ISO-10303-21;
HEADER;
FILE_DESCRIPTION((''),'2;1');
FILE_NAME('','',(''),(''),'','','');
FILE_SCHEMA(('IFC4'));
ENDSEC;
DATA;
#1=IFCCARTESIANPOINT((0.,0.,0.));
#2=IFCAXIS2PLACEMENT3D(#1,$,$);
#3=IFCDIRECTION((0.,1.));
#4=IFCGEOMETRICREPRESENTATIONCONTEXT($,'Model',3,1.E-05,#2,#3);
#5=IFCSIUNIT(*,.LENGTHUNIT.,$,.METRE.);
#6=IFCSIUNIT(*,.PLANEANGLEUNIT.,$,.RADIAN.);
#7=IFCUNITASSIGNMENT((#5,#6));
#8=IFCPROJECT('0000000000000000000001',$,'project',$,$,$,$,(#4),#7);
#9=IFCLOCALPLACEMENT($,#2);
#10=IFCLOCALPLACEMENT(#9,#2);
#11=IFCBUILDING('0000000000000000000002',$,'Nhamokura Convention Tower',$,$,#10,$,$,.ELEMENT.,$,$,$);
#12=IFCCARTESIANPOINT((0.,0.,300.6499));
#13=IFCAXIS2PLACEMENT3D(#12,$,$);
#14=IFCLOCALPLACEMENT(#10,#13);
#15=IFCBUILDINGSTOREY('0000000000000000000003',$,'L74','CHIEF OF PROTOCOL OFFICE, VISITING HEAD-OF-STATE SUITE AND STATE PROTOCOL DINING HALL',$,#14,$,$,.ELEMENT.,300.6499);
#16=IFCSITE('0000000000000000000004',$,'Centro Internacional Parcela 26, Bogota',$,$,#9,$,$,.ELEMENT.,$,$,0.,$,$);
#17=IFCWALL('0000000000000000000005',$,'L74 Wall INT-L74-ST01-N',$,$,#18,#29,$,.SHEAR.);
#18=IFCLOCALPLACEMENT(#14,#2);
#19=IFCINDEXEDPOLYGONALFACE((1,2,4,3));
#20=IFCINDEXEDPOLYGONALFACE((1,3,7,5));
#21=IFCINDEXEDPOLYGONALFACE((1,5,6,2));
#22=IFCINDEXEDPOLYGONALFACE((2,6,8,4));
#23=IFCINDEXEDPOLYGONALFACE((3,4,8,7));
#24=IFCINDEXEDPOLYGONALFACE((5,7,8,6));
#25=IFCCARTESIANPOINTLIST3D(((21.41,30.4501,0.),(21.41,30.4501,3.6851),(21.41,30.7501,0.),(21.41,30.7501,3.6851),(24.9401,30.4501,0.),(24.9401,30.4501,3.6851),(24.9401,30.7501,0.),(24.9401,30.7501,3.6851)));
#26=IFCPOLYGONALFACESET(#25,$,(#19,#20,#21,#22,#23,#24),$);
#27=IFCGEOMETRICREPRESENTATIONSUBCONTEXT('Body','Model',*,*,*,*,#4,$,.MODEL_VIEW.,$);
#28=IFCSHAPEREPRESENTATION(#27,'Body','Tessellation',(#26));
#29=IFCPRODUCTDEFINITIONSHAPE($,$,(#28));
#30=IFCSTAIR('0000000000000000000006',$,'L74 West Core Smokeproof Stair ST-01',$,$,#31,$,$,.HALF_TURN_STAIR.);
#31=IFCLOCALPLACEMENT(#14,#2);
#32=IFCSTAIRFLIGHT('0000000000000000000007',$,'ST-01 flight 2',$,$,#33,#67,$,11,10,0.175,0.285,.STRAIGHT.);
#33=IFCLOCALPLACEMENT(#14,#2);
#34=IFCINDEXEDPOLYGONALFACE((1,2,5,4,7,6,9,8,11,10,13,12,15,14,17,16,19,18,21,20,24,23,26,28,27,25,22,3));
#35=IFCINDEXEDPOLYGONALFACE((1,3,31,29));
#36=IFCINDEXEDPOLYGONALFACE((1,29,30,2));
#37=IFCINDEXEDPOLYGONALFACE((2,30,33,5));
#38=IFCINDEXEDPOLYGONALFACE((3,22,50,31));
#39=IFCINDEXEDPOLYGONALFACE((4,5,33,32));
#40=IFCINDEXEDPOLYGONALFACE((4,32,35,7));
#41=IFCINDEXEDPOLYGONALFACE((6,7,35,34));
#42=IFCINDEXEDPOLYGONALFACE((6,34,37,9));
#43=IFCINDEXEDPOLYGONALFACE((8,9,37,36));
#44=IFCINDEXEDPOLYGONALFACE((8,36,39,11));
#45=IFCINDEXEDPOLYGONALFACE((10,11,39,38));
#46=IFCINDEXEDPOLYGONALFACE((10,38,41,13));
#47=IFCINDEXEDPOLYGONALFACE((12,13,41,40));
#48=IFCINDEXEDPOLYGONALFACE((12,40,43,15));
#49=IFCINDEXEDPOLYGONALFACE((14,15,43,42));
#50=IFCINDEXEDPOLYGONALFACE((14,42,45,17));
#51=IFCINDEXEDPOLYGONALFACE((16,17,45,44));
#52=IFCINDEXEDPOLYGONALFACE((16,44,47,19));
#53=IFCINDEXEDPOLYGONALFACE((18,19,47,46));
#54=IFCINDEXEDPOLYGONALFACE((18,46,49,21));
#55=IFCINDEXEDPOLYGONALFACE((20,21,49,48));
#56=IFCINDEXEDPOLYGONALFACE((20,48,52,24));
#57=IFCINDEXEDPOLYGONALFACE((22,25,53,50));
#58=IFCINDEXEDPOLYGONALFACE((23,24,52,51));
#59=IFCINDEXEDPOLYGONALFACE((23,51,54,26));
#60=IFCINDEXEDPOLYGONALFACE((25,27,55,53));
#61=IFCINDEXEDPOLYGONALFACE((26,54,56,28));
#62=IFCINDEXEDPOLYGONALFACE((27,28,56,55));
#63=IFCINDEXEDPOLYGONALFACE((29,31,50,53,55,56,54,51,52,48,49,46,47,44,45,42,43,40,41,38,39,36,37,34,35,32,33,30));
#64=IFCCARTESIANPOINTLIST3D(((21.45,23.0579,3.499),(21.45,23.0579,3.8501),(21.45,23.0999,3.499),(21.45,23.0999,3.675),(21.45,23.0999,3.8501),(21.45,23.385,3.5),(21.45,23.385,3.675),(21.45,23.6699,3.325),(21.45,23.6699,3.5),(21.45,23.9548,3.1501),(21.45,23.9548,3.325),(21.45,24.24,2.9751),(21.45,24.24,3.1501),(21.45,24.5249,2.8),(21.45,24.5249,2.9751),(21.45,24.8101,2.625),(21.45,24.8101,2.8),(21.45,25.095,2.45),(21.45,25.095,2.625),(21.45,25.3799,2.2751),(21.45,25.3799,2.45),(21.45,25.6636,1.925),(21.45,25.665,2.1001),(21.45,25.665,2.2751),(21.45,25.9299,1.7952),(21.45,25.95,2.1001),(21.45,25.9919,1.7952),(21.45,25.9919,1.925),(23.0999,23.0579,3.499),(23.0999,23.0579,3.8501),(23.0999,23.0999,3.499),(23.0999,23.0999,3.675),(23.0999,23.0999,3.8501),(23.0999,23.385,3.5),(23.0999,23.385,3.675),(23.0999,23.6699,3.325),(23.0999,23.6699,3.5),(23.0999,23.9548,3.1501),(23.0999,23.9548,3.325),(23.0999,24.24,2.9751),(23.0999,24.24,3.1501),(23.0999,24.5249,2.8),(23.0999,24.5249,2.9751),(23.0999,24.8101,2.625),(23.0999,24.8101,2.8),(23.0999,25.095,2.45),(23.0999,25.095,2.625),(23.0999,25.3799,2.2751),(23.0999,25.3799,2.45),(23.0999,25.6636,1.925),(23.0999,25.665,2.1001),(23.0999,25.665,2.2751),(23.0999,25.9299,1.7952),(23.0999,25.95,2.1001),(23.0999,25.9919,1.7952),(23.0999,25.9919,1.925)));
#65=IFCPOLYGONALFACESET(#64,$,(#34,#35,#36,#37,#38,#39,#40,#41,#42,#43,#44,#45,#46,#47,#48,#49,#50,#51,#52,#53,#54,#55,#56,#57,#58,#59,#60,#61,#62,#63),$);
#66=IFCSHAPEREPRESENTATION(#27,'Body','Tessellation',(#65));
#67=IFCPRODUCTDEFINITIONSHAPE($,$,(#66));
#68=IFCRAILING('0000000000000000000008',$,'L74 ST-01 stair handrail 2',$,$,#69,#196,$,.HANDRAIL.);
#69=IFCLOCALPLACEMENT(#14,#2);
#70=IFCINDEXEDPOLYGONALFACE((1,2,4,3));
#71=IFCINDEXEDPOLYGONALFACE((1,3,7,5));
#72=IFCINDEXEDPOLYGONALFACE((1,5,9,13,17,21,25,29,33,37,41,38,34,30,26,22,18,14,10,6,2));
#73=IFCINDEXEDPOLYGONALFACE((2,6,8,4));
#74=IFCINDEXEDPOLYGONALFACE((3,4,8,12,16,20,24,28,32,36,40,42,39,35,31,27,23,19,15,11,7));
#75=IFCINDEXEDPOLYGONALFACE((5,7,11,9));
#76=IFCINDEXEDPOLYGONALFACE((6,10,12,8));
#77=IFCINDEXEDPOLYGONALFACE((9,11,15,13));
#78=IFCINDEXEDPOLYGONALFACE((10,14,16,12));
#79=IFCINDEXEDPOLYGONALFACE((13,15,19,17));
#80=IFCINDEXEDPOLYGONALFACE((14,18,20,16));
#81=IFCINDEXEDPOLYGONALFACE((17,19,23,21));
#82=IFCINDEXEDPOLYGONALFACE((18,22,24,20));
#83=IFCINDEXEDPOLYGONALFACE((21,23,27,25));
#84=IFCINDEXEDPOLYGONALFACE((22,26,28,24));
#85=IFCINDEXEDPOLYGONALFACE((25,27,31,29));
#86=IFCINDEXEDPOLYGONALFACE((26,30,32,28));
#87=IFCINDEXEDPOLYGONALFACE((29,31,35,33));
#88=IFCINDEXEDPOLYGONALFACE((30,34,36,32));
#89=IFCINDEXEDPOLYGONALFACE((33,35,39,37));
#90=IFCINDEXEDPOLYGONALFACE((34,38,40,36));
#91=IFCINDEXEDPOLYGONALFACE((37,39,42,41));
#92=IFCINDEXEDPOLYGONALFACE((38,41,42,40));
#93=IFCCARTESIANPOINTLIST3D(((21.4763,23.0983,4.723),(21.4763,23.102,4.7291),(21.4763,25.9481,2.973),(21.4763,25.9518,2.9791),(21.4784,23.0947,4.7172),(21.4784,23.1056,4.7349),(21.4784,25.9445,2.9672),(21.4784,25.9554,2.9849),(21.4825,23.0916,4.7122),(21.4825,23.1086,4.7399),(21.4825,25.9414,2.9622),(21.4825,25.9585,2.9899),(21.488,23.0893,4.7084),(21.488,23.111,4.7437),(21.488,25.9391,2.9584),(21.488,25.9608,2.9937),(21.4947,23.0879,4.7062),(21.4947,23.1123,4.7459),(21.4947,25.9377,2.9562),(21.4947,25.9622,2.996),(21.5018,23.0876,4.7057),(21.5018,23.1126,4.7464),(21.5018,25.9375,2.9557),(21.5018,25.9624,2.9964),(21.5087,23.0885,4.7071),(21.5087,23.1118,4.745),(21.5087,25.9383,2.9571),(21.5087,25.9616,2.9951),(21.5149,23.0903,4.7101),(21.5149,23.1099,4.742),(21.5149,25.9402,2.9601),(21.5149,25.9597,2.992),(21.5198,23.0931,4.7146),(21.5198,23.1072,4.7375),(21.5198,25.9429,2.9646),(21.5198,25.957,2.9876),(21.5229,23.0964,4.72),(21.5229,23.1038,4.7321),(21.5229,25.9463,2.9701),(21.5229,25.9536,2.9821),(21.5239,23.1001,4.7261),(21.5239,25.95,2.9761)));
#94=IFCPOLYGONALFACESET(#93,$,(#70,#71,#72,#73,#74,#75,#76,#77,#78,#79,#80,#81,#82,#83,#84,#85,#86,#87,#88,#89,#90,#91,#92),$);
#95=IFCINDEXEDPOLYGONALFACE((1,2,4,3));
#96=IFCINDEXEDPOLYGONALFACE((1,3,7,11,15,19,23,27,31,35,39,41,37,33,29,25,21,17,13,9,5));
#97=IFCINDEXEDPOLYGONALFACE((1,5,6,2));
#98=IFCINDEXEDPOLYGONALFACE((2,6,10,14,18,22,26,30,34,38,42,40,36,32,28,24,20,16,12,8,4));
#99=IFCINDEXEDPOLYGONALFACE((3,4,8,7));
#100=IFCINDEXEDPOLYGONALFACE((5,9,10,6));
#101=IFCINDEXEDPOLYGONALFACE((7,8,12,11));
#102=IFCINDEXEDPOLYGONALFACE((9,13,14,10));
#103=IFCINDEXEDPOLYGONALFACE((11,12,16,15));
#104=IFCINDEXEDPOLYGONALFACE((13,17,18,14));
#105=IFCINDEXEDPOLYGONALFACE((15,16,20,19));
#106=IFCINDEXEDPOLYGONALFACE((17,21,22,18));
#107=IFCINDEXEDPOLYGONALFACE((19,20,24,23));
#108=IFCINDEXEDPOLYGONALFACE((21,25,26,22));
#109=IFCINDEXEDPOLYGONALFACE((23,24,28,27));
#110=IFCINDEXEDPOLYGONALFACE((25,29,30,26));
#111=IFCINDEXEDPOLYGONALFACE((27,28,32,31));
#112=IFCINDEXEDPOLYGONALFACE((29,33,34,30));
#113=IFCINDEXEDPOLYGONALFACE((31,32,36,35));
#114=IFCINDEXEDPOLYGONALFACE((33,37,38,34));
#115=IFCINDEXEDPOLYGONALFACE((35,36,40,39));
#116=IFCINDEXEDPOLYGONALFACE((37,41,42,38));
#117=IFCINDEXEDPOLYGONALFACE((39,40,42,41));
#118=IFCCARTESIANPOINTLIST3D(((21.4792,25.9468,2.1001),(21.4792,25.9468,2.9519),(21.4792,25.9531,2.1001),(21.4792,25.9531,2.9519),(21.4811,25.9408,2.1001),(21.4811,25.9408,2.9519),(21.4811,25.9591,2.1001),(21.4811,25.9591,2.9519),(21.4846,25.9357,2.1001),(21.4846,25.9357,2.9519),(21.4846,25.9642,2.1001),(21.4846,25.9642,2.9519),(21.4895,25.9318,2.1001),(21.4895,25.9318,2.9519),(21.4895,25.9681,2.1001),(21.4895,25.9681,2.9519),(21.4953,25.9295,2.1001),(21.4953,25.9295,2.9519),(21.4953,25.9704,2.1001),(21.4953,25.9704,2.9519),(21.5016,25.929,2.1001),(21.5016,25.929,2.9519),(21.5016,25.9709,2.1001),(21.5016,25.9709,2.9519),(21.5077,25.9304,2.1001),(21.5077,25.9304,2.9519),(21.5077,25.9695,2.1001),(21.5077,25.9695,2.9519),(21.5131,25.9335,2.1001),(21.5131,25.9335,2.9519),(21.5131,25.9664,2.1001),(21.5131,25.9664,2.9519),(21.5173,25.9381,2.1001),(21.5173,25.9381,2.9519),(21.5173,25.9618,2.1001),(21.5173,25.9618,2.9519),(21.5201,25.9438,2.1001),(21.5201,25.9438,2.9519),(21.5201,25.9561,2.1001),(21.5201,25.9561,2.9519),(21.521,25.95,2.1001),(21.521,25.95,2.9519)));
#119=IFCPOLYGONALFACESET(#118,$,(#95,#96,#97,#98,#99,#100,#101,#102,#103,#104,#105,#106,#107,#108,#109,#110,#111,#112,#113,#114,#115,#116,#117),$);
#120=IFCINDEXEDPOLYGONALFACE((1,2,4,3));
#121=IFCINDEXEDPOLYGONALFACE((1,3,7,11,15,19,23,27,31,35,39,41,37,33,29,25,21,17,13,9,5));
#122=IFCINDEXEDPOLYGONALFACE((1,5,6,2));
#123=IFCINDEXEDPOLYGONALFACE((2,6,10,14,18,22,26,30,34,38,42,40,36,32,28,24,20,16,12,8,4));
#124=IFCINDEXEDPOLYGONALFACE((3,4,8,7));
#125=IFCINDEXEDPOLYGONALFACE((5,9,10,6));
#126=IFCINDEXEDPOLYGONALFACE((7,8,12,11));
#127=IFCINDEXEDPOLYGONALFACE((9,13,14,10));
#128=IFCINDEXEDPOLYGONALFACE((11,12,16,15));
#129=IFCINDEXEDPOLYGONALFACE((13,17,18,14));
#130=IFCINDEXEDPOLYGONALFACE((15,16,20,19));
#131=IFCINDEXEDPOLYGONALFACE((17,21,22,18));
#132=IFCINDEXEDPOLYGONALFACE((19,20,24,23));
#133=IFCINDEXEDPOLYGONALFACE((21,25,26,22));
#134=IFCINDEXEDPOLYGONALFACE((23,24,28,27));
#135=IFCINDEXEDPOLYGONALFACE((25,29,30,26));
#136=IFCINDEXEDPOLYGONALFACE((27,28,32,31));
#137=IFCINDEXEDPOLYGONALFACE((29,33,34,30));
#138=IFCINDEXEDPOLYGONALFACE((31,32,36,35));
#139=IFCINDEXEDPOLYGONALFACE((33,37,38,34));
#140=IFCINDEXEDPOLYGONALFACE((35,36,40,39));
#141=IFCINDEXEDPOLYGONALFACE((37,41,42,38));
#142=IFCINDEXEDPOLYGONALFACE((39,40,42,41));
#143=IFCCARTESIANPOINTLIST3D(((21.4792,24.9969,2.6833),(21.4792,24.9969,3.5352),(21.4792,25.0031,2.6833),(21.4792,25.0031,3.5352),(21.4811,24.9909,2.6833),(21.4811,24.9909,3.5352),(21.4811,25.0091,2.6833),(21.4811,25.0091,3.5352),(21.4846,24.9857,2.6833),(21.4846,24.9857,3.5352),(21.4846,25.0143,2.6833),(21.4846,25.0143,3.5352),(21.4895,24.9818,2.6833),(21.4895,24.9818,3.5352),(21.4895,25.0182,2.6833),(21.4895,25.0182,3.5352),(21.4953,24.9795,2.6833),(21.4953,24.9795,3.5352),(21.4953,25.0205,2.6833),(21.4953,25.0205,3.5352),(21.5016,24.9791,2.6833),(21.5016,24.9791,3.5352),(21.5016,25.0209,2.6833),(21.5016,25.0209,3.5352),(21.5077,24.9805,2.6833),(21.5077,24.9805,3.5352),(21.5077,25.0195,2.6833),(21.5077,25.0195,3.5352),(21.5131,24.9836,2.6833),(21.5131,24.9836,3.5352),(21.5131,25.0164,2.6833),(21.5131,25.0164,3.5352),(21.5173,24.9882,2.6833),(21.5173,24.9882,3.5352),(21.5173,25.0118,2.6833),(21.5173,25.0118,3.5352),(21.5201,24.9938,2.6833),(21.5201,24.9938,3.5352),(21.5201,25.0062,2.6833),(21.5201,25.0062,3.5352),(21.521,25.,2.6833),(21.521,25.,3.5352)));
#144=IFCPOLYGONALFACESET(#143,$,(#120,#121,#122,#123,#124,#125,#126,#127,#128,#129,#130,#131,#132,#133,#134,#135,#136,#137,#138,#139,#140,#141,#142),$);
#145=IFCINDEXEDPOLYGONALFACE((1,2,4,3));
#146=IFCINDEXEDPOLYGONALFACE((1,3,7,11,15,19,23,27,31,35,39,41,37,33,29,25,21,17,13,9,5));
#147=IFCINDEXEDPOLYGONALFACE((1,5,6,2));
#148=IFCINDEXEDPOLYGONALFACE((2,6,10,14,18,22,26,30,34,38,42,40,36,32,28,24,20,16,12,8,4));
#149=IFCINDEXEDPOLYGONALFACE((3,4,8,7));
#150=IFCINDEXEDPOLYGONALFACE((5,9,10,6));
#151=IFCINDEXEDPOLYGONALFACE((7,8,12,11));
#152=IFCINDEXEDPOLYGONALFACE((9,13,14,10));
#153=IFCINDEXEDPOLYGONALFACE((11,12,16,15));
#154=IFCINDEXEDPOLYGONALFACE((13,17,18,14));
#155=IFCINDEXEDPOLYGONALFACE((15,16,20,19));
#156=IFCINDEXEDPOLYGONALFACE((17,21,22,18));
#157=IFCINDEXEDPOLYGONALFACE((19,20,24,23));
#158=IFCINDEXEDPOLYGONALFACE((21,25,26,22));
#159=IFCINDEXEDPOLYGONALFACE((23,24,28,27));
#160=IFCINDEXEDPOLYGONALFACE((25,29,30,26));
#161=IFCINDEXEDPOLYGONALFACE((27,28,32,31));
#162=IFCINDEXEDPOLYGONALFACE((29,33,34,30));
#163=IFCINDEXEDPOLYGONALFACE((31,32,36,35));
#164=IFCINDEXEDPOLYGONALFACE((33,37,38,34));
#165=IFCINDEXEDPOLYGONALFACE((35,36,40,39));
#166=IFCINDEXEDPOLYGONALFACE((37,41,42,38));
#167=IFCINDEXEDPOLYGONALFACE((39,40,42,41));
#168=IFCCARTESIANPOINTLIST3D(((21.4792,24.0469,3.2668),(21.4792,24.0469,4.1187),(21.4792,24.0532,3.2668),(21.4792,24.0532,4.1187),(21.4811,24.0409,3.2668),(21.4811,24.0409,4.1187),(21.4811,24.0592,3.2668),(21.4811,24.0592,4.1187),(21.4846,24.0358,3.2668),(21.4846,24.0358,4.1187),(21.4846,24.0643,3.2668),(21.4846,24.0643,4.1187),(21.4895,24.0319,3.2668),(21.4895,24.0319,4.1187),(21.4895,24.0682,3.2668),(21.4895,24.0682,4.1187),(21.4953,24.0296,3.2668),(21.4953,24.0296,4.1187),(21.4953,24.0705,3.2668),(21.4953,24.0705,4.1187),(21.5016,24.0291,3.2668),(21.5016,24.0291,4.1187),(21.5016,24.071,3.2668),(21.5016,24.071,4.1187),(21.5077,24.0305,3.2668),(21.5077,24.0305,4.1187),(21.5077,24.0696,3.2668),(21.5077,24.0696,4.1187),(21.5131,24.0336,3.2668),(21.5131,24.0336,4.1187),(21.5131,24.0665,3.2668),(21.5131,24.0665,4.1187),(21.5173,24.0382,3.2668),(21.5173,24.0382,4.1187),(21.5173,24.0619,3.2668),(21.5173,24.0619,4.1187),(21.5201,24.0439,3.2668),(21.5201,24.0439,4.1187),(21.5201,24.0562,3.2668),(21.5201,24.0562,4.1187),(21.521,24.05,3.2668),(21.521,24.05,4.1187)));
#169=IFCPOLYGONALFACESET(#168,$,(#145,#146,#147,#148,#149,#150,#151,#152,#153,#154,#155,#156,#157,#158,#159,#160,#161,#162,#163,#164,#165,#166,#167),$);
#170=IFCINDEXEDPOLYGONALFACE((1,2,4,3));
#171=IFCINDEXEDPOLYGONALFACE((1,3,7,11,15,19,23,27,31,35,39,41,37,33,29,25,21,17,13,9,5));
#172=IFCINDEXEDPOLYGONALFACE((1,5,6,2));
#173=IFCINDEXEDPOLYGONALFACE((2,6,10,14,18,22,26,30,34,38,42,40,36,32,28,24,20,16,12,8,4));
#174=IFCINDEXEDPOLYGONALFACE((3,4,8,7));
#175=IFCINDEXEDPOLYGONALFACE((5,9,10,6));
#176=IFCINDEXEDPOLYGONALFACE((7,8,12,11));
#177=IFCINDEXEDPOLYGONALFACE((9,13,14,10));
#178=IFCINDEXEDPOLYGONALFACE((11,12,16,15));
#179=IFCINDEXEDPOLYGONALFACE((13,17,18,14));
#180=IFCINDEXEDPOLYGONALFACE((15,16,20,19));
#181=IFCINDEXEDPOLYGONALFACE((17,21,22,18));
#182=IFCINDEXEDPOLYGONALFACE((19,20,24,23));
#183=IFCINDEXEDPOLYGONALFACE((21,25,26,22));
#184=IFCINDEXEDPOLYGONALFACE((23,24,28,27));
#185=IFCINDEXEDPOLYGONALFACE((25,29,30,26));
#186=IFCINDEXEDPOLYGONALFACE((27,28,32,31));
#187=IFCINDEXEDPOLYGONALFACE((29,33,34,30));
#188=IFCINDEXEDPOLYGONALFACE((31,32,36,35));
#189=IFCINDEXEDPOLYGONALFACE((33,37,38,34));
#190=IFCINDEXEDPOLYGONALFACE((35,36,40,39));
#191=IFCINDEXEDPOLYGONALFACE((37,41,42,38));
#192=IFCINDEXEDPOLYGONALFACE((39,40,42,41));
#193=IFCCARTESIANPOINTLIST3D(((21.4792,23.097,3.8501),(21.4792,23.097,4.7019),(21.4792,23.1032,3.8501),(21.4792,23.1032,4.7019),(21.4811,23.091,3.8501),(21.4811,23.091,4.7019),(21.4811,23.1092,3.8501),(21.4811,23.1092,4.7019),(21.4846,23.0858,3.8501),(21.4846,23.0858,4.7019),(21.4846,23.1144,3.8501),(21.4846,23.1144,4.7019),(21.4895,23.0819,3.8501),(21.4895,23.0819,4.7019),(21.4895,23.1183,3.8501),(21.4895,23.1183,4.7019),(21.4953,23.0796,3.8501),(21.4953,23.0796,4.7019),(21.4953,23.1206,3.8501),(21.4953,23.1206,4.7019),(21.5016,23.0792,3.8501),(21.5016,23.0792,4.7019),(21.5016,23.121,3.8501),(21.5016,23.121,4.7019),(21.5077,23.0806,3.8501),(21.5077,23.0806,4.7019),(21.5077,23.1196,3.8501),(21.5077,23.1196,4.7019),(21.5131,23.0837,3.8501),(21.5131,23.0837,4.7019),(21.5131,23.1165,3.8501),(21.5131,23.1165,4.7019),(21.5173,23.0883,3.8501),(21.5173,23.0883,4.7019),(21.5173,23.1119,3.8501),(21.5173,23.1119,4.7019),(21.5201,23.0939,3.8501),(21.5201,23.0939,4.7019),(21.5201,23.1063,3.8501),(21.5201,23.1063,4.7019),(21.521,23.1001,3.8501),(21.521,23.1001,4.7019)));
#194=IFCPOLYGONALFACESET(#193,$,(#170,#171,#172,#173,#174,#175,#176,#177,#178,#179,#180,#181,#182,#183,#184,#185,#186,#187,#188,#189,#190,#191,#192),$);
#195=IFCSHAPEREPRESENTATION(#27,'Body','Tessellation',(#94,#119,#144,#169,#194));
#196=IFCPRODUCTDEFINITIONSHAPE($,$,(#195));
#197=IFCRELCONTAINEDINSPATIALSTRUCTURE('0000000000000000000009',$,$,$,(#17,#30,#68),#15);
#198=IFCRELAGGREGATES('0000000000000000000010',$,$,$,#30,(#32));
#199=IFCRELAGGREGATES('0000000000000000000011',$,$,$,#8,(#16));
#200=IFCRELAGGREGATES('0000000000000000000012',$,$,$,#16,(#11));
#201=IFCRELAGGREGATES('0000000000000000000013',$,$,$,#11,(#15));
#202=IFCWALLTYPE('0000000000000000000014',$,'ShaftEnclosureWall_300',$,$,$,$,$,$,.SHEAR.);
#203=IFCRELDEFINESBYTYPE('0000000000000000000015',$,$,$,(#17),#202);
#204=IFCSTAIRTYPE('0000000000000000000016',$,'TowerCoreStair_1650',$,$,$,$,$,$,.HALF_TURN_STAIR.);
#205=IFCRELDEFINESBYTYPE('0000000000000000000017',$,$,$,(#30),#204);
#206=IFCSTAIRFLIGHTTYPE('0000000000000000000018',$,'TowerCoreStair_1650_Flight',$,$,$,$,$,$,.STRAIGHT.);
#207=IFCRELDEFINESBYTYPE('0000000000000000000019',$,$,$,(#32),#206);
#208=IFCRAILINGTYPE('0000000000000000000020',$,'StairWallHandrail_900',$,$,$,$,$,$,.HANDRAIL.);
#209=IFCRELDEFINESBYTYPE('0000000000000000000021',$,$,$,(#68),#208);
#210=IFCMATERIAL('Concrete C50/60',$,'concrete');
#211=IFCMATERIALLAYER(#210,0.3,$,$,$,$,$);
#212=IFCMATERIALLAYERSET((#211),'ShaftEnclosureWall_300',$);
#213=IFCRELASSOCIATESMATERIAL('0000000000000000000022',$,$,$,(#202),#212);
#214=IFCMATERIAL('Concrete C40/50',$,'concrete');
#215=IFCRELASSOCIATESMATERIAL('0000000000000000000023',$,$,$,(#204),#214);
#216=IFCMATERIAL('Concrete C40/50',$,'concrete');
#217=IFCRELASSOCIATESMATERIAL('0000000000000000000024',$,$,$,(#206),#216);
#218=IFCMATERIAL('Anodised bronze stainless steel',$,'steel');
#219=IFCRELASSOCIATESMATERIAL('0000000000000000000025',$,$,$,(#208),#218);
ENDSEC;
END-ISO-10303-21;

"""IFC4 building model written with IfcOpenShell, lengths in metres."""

from ifc_helpers import new_model, si_unit, direction, frame, frame_2d, origin, origin_2d, place, context, subcontext, project, spatial, polyline, rectangle, circle, outline, extrude, material, layer, layer_set, type_object, element, aggregate, save


model = new_model("IFC4")

# Units and contexts
model_context = context("Model", 3, precision=1e-05, world=origin(), true_north=direction((0.0, 1.0)))
body_context = subcontext(model_context, "Body", "Model", "MODEL_VIEW")
ifc_project = project(units=[si_unit("LENGTHUNIT", "METRE"), si_unit("PLANEANGLEUNIT", "RADIAN")], contexts=[model_context])

# Site, building, storey
site_placement = place(None, origin())
site = spatial("IfcSite", under=ifc_project, at=site_placement, Name="Centro Internacional Parcela 26, Bogota", CompositionType="ELEMENT", RefElevation=0.0)
building_placement = place(site_placement, origin())
building = spatial("IfcBuilding", under=site, at=building_placement, Name="Nhamokura Convention Tower", CompositionType="ELEMENT")
storey_placement = place(building_placement, frame((0.0, 0.0, 300.6499)))
storey = spatial("IfcBuildingStorey", under=building, at=storey_placement, Name="L74", Description="CHIEF OF PROTOCOL OFFICE, VISITING HEAD-OF-STATE SUITE AND STATE PROTOCOL DINING HALL", CompositionType="ELEMENT", Elevation=300.6499)

# Wall
ifc_material_1 = material(Name="Concrete C50/60", Category="concrete")
ifc_layer_1 = layer(ifc_material_1, 0.3)
ifc_layer_set_1 = layer_set([ifc_layer_1], Name="ShaftEnclosureWall_300")
wall_type_1 = type_object("IfcWallType", Name="ShaftEnclosureWall_300", PredefinedType="SHEAR", material=ifc_layer_set_1)
wall_1_placement = place(storey_placement, frame((21.4099, 30.6001, 0.0), z_axis=(0.0, 0.0, 1.0), x_axis=(1.0, 0.0, 0.0)))
element("IfcWall", 1, at=wall_1_placement, inside=storey, type_object=wall_type_1, Name="L74 Wall INT-L74-ST01-N", PredefinedType="SHEAR", context=body_context, shape_type="SweptSolid", body=[
    extrude(rectangle(XDim=3.53, YDim=0.3, at=frame_2d((1.7651, 0.0))), origin(), (0.0, 0.0, 1.0), 3.6851),
])

# Stair, stair flight
ifc_material_2 = material(Name="Concrete C40/50", Category="concrete")
stair_type = type_object("IfcStairType", Name="TowerCoreStair_1650", PredefinedType="HALF_TURN_STAIR", material=ifc_material_2)
stair_placement = place(storey_placement, origin())
stair = element("IfcStair", 2, at=stair_placement, inside=storey, type_object=stair_type, Name="L74 West Core Smokeproof Stair ST-01", PredefinedType="HALF_TURN_STAIR")
ifc_material_3 = material(Name="Concrete C40/50", Category="concrete")
stair_flight_type = type_object("IfcStairFlightType", Name="TowerCoreStair_1650_Flight", PredefinedType="STRAIGHT", material=ifc_material_3)
stair_flight_placement = place(storey_placement, frame((22.2749, 25.95, 1.925), z_axis=(0.0, 0.0, 1.0), x_axis=(0.0, -1.0, 0.0)))
stair_flight = element("IfcStairFlight", 3, at=stair_flight_placement, type_object=stair_flight_type, Name="ST-01 flight 2", NumberOfRisers=11, NumberOfTreads=10, PredefinedType="STRAIGHT", RiserHeight=0.175, TreadLength=0.285, context=body_context, shape_type="SweptSolid", body=[
    extrude(outline(polyline([(-0.042, 0.0), (0.0, 0.175), (0.2849, 0.175), (0.2849, 0.3501), (0.5701, 0.3501), (0.5701, 0.5249), (0.855, 0.5249), (0.855, 0.7), (1.1399, 0.7), (1.1399, 0.875), (1.425, 0.875), (1.425, 1.05), (1.71, 1.05), (1.71, 1.2251), (1.9951, 1.2251), (1.9951, 1.3999), (2.28, 1.3999), (2.28, 1.575), (2.5649, 1.575), (2.5649, 1.75), (2.8501, 1.75), (2.8501, 1.925), (2.8921, 1.925), (2.8921, 1.574), (2.8501, 1.574), (0.2864, 0.0), (0.02, -0.1299), (-0.042, -0.1299), (-0.042, 0.0)])), frame((0.0, 0.825, 0.0), z_axis=(0.0, -1.0, 0.0), x_axis=(1.0, 0.0, 0.0)), (0.0, 0.0, 1.0), 1.6499),
])
aggregate(stair, [stair_flight])

# Railing
ifc_material_4 = material(Name="Anodised bronze stainless steel", Category="steel")
railing_type_1 = type_object("IfcRailingType", Name="StairWallHandrail_900", PredefinedType="HANDRAIL", material=ifc_material_4)
railing_1_placement = place(storey_placement, frame((21.5, 25.95, 2.1001)))
element("IfcRailing", 4, at=railing_1_placement, inside=storey, type_object=railing_type_1, Name="L74 ST-01 stair handrail 2", PredefinedType="HANDRAIL", context=body_context, shape_type="SweptSolid", body=[
    extrude(circle(Radius=0.0239, at=origin_2d()), frame((0.0, 0.0, 0.876), z_axis=(0.0, -0.852159, 0.523283), x_axis=(1.0, 0.0, 0.0)), (0.0, 0.0, 1.0), 3.3442),
    extrude(circle(Radius=0.021, at=origin_2d()), origin(), (0.0, 0.0, 1.0), 0.8518),
    extrude(circle(Radius=0.021, at=origin_2d()), frame((0.0, -0.95, 0.5833)), (0.0, 0.0, 1.0), 0.8518),
    extrude(circle(Radius=0.021, at=origin_2d()), frame((0.0, -1.8999, 1.1667)), (0.0, 0.0, 1.0), 0.8518),
    extrude(circle(Radius=0.021, at=origin_2d()), frame((0.0, -2.8499, 1.75)), (0.0, 0.0, 1.0), 0.8518),
])

save(model, "model.ifc")
